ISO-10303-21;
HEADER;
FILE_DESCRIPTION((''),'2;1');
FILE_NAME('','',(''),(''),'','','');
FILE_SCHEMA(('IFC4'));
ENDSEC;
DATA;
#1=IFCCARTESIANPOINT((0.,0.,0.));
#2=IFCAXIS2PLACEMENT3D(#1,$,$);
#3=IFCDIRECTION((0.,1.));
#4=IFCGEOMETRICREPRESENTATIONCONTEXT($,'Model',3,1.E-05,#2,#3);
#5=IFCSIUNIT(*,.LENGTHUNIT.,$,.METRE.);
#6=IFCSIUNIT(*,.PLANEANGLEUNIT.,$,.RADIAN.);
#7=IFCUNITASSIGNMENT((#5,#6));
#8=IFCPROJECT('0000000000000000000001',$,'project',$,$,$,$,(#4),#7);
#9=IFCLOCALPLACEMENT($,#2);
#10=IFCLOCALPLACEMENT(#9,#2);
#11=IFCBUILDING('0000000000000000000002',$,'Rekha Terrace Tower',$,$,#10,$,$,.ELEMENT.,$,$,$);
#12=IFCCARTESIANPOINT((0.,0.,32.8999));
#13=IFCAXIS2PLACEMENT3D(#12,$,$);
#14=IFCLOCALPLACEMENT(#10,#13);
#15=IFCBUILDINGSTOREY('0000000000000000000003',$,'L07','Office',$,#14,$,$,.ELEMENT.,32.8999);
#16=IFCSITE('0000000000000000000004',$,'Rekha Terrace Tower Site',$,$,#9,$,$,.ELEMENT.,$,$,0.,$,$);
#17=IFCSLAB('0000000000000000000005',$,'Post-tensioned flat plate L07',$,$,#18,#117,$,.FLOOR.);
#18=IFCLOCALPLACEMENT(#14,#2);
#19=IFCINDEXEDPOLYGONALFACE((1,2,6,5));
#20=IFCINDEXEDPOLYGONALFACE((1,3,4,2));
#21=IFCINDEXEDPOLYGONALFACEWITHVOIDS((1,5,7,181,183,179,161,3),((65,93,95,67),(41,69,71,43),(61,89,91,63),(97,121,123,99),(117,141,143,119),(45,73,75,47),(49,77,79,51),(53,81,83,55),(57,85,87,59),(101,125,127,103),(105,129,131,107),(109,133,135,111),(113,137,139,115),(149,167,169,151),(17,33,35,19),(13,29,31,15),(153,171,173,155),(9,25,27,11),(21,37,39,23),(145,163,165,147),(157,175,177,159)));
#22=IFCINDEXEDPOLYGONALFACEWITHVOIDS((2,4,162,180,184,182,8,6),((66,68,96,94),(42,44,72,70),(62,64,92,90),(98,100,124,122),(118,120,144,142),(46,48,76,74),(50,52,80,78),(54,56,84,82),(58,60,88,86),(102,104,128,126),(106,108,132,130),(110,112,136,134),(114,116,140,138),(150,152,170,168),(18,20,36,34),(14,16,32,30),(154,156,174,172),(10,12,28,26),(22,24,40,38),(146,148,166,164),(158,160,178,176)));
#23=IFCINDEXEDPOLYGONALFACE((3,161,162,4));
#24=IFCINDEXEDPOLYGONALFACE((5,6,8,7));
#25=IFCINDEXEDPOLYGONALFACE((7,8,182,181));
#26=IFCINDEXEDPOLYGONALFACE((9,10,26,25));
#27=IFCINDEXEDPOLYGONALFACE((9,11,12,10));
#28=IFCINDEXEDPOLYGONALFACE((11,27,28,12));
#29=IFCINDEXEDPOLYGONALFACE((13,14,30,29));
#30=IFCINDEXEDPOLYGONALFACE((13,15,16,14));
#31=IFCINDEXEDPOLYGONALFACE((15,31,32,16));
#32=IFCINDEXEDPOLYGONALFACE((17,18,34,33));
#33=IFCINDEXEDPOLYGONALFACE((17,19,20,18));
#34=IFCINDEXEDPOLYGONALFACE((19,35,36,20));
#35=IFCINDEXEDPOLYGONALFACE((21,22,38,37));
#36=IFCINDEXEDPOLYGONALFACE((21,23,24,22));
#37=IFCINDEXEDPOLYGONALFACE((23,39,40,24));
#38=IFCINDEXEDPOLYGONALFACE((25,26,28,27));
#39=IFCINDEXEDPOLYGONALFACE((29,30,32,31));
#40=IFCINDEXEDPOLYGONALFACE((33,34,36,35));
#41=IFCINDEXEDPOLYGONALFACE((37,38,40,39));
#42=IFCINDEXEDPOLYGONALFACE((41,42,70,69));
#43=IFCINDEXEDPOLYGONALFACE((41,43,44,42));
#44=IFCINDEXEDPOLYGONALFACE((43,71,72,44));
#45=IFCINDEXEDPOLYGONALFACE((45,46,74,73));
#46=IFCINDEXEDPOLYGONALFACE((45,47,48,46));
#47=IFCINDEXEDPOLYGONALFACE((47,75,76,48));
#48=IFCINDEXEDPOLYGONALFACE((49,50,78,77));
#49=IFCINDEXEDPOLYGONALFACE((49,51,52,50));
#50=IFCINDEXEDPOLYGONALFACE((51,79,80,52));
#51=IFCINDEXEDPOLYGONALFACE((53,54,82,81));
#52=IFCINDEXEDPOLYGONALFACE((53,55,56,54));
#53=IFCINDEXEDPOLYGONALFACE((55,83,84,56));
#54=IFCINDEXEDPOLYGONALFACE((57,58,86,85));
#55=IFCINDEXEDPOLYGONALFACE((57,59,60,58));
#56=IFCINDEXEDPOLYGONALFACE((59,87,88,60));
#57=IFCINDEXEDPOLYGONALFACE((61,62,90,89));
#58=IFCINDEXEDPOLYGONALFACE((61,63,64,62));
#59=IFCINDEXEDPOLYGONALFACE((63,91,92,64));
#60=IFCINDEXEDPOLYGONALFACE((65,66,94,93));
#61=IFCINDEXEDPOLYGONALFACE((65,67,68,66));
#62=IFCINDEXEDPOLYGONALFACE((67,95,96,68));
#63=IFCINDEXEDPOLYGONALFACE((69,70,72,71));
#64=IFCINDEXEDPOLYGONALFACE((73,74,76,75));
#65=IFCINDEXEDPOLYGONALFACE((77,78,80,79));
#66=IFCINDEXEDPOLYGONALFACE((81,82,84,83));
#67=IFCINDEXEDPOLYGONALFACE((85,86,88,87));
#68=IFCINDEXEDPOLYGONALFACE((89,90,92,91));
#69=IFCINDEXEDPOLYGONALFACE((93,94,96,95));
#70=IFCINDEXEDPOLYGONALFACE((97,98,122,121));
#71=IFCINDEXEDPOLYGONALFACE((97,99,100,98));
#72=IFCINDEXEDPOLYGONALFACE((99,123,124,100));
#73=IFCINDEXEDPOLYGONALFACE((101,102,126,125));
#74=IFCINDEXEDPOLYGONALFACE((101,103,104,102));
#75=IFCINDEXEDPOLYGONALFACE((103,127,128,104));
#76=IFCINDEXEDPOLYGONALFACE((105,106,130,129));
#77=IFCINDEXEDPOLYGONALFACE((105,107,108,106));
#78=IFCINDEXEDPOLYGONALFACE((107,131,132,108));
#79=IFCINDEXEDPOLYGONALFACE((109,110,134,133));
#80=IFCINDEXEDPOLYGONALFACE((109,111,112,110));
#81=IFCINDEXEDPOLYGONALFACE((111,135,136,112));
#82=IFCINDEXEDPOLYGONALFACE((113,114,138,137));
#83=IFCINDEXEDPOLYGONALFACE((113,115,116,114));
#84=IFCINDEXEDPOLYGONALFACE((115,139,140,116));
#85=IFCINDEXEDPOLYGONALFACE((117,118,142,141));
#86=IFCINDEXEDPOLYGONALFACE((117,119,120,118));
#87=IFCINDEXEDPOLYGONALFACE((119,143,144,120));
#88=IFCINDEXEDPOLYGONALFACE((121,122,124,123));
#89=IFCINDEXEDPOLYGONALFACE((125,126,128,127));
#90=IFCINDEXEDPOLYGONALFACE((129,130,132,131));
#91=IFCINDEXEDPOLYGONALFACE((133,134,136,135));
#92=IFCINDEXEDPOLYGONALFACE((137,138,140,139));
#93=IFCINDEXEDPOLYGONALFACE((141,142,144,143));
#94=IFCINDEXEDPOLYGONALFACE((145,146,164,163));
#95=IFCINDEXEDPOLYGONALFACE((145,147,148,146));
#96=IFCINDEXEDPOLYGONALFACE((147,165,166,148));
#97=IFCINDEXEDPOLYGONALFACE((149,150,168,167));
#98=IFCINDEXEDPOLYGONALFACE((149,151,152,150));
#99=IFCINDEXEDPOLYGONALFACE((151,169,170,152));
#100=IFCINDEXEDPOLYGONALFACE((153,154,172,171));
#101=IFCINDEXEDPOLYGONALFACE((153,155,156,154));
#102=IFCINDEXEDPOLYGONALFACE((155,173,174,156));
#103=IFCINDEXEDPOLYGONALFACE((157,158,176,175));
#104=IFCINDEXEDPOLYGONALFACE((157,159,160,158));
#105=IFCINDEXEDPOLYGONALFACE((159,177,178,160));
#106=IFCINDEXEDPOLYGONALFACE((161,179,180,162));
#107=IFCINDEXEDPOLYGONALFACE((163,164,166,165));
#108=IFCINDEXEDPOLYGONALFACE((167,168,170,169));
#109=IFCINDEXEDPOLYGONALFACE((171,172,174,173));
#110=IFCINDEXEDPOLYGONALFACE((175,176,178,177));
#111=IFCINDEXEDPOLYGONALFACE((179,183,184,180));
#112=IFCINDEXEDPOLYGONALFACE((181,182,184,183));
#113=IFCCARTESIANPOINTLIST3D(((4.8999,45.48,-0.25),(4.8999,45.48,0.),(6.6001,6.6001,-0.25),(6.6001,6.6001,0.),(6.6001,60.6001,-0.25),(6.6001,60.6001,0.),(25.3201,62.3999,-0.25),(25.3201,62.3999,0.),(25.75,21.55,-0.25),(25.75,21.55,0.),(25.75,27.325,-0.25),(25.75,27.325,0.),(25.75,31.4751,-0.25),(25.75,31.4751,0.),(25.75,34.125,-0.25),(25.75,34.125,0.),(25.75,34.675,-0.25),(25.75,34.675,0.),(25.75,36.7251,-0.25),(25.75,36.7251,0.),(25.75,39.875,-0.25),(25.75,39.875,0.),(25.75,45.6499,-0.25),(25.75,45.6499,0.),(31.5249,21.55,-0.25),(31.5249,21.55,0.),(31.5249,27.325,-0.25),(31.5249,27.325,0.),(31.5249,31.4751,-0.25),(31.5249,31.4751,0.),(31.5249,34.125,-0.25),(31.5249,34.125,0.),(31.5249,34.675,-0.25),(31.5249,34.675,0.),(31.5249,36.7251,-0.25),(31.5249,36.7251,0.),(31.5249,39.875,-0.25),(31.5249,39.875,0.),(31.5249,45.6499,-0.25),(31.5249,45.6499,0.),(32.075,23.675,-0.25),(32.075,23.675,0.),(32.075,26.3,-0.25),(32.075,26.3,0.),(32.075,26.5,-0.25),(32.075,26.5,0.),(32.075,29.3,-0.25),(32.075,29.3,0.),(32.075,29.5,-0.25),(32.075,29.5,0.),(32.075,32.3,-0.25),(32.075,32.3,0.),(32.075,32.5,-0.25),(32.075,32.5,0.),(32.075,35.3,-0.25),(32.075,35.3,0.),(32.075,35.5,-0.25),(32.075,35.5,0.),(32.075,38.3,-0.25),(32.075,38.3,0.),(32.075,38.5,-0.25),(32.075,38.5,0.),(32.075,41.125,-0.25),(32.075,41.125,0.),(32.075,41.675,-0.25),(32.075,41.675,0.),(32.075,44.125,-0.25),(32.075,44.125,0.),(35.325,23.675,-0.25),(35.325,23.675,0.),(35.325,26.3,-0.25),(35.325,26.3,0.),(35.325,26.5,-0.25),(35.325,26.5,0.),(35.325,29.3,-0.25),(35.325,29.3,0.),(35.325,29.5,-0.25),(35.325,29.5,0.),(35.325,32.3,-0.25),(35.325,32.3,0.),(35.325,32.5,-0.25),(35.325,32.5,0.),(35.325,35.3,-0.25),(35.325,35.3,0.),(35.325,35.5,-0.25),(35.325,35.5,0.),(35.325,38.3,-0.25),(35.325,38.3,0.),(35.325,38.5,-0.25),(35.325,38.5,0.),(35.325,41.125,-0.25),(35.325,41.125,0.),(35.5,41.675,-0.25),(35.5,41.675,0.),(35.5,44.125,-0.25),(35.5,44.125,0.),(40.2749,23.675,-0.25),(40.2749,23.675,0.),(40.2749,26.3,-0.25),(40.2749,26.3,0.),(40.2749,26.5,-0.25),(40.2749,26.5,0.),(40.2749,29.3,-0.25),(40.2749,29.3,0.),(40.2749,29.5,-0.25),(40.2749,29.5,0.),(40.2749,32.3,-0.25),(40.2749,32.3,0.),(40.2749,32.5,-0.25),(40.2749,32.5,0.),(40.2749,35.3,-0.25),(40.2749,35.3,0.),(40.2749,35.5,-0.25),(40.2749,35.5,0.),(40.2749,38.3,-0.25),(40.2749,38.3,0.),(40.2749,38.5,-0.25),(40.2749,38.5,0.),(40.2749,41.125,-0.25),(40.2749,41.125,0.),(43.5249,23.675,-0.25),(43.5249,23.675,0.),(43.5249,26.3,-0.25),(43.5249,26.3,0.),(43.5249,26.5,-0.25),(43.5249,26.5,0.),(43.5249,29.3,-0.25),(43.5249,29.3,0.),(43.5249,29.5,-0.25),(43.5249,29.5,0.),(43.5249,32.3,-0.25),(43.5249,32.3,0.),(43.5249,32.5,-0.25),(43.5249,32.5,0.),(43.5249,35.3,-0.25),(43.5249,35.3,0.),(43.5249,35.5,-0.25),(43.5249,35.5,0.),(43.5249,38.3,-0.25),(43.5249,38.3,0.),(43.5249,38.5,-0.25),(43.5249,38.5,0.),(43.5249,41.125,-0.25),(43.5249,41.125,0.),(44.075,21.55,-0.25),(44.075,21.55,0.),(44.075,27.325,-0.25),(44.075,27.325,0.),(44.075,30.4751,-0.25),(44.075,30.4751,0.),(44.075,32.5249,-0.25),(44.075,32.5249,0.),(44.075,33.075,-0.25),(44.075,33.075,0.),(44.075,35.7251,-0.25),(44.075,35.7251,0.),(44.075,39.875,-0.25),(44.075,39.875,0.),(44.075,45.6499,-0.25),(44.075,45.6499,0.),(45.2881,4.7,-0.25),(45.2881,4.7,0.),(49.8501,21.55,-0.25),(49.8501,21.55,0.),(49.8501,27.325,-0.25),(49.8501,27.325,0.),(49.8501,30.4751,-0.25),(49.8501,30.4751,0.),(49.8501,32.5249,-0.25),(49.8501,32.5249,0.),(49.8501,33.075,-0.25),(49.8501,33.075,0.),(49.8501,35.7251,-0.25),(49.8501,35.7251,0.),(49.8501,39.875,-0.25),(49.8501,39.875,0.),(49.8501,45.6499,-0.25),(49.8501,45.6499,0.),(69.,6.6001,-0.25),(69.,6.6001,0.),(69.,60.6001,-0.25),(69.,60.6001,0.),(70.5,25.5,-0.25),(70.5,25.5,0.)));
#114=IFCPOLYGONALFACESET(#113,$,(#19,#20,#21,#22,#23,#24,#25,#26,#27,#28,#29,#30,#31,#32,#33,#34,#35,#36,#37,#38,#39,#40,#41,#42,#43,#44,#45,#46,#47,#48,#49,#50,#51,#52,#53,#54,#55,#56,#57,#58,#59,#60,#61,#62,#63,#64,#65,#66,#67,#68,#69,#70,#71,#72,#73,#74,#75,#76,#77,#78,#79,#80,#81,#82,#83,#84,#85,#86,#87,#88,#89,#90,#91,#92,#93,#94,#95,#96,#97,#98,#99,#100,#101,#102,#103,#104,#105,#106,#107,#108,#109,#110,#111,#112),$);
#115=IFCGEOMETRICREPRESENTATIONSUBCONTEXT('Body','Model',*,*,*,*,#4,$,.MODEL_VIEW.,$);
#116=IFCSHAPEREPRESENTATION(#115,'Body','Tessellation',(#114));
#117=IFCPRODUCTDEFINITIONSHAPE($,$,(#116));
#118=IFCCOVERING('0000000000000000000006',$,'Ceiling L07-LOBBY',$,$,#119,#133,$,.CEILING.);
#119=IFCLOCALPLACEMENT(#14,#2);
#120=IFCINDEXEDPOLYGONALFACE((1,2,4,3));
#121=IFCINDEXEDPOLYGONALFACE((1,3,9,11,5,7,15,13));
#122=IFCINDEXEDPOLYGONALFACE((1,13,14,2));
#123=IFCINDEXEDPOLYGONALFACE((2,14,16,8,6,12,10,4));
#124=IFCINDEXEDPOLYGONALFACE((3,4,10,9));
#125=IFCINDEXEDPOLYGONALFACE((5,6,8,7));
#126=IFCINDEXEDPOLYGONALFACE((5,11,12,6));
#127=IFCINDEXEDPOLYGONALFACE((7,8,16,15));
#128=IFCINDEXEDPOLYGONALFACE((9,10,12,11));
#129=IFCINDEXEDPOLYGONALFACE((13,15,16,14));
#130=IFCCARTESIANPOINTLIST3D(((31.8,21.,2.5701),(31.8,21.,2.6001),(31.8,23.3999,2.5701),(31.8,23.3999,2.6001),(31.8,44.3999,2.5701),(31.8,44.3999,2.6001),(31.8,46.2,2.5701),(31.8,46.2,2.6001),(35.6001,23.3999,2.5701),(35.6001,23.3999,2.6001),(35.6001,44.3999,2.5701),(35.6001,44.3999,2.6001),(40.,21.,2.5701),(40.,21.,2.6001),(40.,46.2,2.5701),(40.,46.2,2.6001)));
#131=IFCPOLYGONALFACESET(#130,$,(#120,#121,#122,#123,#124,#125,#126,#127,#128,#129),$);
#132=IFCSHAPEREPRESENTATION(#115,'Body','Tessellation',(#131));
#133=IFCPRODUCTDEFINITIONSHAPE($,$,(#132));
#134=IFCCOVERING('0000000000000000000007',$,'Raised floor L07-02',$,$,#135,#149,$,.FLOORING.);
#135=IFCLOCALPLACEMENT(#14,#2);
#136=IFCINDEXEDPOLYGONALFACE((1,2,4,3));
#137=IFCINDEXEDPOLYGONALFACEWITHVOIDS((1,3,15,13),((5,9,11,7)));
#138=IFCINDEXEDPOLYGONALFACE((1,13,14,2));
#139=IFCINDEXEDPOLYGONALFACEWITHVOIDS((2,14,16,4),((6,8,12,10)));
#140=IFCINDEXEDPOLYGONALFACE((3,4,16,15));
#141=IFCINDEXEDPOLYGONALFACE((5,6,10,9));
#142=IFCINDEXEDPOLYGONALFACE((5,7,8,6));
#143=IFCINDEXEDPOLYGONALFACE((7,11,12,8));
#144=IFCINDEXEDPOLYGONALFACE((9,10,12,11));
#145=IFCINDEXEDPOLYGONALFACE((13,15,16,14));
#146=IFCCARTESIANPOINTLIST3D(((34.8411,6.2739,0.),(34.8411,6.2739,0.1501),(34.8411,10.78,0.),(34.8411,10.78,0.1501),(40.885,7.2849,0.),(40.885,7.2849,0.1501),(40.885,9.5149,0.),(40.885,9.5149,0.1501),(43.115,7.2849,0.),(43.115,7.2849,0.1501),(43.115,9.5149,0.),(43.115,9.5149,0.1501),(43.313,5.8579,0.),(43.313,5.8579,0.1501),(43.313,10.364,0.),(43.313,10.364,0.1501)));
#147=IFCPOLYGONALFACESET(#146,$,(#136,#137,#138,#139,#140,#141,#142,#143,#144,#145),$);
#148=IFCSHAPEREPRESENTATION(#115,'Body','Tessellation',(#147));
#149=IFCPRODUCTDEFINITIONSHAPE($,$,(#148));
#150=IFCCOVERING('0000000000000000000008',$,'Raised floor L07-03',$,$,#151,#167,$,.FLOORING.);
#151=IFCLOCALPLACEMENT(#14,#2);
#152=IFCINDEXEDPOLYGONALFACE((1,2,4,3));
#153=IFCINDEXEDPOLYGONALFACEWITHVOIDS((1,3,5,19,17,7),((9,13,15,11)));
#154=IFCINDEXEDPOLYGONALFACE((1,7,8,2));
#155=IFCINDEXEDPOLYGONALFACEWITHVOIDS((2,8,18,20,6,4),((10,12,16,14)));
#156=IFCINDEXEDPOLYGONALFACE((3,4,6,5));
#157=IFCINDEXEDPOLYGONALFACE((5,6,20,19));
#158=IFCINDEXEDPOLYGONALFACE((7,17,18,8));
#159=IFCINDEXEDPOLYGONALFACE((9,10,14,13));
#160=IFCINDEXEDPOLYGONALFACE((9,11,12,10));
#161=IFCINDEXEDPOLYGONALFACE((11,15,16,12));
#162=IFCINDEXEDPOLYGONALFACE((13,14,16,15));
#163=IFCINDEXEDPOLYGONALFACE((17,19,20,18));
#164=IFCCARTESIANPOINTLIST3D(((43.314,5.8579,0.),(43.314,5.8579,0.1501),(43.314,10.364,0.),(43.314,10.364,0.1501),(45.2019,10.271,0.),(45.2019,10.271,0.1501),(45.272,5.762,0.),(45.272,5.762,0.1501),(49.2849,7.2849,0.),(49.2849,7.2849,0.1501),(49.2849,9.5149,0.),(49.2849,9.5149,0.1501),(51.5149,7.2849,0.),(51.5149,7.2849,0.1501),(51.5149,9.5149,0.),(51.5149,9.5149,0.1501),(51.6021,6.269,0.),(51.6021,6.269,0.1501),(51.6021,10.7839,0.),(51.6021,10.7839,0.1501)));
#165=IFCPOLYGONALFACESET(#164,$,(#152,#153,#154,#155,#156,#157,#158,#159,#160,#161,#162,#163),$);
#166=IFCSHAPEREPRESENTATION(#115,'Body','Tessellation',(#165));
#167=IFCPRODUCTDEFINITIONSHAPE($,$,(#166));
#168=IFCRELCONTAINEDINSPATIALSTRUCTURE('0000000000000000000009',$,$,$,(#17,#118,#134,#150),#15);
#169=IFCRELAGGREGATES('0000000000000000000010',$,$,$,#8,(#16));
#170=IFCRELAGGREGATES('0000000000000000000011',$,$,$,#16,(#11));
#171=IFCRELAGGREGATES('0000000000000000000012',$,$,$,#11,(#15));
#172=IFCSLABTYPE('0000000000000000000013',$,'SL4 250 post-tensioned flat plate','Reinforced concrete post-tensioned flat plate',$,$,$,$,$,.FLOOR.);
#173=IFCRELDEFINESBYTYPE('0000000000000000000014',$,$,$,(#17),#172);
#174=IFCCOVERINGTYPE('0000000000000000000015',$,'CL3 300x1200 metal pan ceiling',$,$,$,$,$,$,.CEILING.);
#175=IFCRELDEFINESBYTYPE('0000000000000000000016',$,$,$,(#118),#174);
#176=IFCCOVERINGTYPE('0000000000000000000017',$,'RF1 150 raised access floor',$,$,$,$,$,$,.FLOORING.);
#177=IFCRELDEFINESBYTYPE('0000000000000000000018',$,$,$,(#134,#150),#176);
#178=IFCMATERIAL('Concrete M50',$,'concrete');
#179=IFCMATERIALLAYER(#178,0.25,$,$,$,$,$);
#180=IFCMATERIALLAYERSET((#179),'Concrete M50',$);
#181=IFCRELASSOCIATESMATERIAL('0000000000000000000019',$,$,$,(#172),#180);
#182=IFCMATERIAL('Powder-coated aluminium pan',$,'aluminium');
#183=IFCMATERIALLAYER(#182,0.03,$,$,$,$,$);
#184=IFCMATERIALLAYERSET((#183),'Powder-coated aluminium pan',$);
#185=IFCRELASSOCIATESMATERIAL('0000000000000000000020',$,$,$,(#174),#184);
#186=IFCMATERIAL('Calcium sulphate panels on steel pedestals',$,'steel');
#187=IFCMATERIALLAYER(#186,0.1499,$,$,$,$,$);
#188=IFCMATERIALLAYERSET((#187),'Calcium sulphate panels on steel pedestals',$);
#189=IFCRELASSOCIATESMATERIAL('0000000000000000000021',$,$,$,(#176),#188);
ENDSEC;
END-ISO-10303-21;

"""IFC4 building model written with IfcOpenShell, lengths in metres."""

from ifc_helpers import new_model, si_unit, direction, frame, origin, place, context, subcontext, project, spatial, polyline, outline, extrude, material, layer, layer_set, type_object, element, save


model = new_model("IFC4")

# Units and contexts
model_context = context("Model", 3, precision=1e-05, world=origin(), true_north=direction((0.0, 1.0)))
body_context = subcontext(model_context, "Body", "Model", "MODEL_VIEW")
ifc_project = project(units=[si_unit("LENGTHUNIT", "METRE"), si_unit("PLANEANGLEUNIT", "RADIAN")], contexts=[model_context])

# Site, building, storey
site_placement = place(None, origin())
site = spatial("IfcSite", under=ifc_project, at=site_placement, Name="Rekha Terrace Tower Site", CompositionType="ELEMENT", RefElevation=0.0)
building_placement = place(site_placement, origin())
building = spatial("IfcBuilding", under=site, at=building_placement, Name="Rekha Terrace Tower", CompositionType="ELEMENT")
storey_placement = place(building_placement, frame((0.0, 0.0, 32.8999)))
storey = spatial("IfcBuildingStorey", under=building, at=storey_placement, Name="L07", Description="Office", CompositionType="ELEMENT", Elevation=32.8999)

# Slab
ifc_material_1 = material(Name="Concrete M50", Category="concrete")
ifc_layer_1 = layer(ifc_material_1, 0.25)
ifc_layer_set_1 = layer_set([ifc_layer_1], Name="Concrete M50")
slab_type_1 = type_object("IfcSlabType", Name="SL4 250 post-tensioned flat plate", Description="Reinforced concrete post-tensioned flat plate", PredefinedType="FLOOR", material=ifc_layer_set_1)
slab_1_placement = place(storey_placement, frame((0.0, 0.0, -0.25)))
element("IfcSlab", 1, at=slab_1_placement, inside=storey, type_object=slab_type_1, Name="Post-tensioned flat plate L07", PredefinedType="FLOOR", context=body_context, shape_type="SweptSolid", body=[
    extrude(outline(polyline([(4.8999, 45.48), (6.6001, 6.6001), (45.2881, 4.7), (69.0, 6.6001), (70.5, 25.5), (69.0, 60.6001), (25.3201, 62.3999), (6.6001, 60.6001), (4.8999, 45.48)]), holes=[polyline([(31.5249, 27.325), (31.5249, 21.55), (25.75, 21.55), (25.75, 27.325), (31.5249, 27.325)]), polyline([(35.325, 26.3), (35.325, 23.675), (32.075, 23.675), (32.075, 26.3), (35.325, 26.3)]), polyline([(35.325, 29.3), (35.325, 26.5), (32.075, 26.5), (32.075, 29.3), (35.325, 29.3)]), polyline([(35.325, 29.5), (32.075, 29.5), (32.075, 32.3), (35.325, 32.3), (35.325, 29.5)]), polyline([(31.5249, 31.4751), (25.75, 31.4751), (25.75, 34.125), (31.5249, 34.125), (31.5249, 31.4751)]), polyline([(35.325, 35.3), (35.325, 32.5), (32.075, 32.5), (32.075, 35.3), (35.325, 35.3)]), polyline([(31.5249, 36.7251), (31.5249, 34.675), (25.75, 34.675), (25.75, 36.7251), (31.5249, 36.7251)]), polyline([(35.325, 38.3), (35.325, 35.5), (32.075, 35.5), (32.075, 38.3), (35.325, 38.3)]), polyline([(35.325, 38.5), (32.075, 38.5), (32.075, 41.125), (35.325, 41.125), (35.325, 38.5)]), polyline([(31.5249, 39.875), (25.75, 39.875), (25.75, 45.6499), (31.5249, 45.6499), (31.5249, 39.875)]), polyline([(35.5, 44.125), (35.5, 41.675), (32.075, 41.675), (32.075, 44.125), (35.5, 44.125)]), polyline([(49.8501, 27.325), (49.8501, 21.55), (44.075, 21.55), (44.075, 27.325), (49.8501, 27.325)]), polyline([(43.5249, 26.3), (43.5249, 23.675), (40.2749, 23.675), (40.2749, 26.3), (43.5249, 26.3)]), polyline([(43.5249, 26.5), (40.2749, 26.5), (40.2749, 29.3), (43.5249, 29.3), (43.5249, 26.5)]), polyline([(43.5249, 29.5), (40.2749, 29.5), (40.2749, 32.3), (43.5249, 32.3), (43.5249, 29.5)]), polyline([(49.8501, 32.5249), (49.8501, 30.4751), (44.075, 30.4751), (44.075, 32.5249), (49.8501, 32.5249)]), polyline([(43.5249, 32.5), (40.2749, 32.5), (40.2749, 35.3), (43.5249, 35.3), (43.5249, 32.5)]), polyline([(49.8501, 33.075), (44.075, 33.075), (44.075, 35.7251), (49.8501, 35.7251), (49.8501, 33.075)]), polyline([(43.5249, 38.3), (43.5249, 35.5), (40.2749, 35.5), (40.2749, 38.3), (43.5249, 38.3)]), polyline([(43.5249, 38.5), (40.2749, 38.5), (40.2749, 41.125), (43.5249, 41.125), (43.5249, 38.5)]), polyline([(49.8501, 39.875), (44.075, 39.875), (44.075, 45.6499), (49.8501, 45.6499), (49.8501, 39.875)])]), origin(), (0.0, 0.0, 1.0), 0.25),
])

# Coverings
ifc_material_2 = material(Name="Powder-coated aluminium pan", Category="aluminium")
ifc_layer_2 = layer(ifc_material_2, 0.03)
ifc_layer_set_2 = layer_set([ifc_layer_2], Name="Powder-coated aluminium pan")
covering_type_1 = type_object("IfcCoveringType", Name="CL3 300x1200 metal pan ceiling", PredefinedType="CEILING", material=ifc_layer_set_2)
covering_1_placement = place(storey_placement, frame((0.0, 0.0, 2.5701)))
element("IfcCovering", 2, at=covering_1_placement, inside=storey, type_object=covering_type_1, Name="Ceiling L07-LOBBY", PredefinedType="CEILING", context=body_context, shape_type="SweptSolid", body=[
    extrude(outline(polyline([(35.6001, 44.3999), (35.6001, 23.3999), (31.8, 23.3999), (31.8, 21.0), (40.0, 21.0), (40.0, 46.2), (31.8, 46.2), (31.8, 44.3999), (35.6001, 44.3999)])), origin(), (0.0, 0.0, 1.0), 0.03),
])
ifc_material_3 = material(Name="Calcium sulphate panels on steel pedestals", Category="steel")
ifc_layer_3 = layer(ifc_material_3, 0.1499)
ifc_layer_set_3 = layer_set([ifc_layer_3], Name="Calcium sulphate panels on steel pedestals")
covering_type_2 = type_object("IfcCoveringType", Name="RF1 150 raised access floor", PredefinedType="FLOORING", material=ifc_layer_set_3)
covering_2_placement = place(storey_placement, origin())
element("IfcCovering", 3, at=covering_2_placement, inside=storey, type_object=covering_type_2, Name="Raised floor L07-02", PredefinedType="FLOORING", context=body_context, shape_type="SweptSolid", body=[
    extrude(outline(polyline([(43.313, 5.8579), (43.313, 10.364), (34.8411, 10.78), (34.8411, 6.2739), (43.313, 5.8579)]), holes=[polyline([(43.115, 7.2849), (40.885, 7.2849), (40.885, 9.5149), (43.115, 9.5149), (43.115, 7.2849)])]), origin(), (0.0, 0.0, 1.0), 0.1501),
])
covering_3_placement = place(storey_placement, origin())
element("IfcCovering", 4, at=covering_3_placement, inside=storey, type_object=covering_type_2, Name="Raised floor L07-03", PredefinedType="FLOORING", context=body_context, shape_type="SweptSolid", body=[
    extrude(outline(polyline([(45.2019, 10.271), (43.314, 10.364), (43.314, 5.8579), (45.272, 5.762), (51.6021, 6.269), (51.6021, 10.7839), (45.2019, 10.271)]), holes=[polyline([(51.5149, 7.2849), (49.2849, 7.2849), (49.2849, 9.5149), (51.5149, 9.5149), (51.5149, 7.2849)])]), origin(), (0.0, 0.0, 1.0), 0.1501),
])

save(model, "model.ifc")
